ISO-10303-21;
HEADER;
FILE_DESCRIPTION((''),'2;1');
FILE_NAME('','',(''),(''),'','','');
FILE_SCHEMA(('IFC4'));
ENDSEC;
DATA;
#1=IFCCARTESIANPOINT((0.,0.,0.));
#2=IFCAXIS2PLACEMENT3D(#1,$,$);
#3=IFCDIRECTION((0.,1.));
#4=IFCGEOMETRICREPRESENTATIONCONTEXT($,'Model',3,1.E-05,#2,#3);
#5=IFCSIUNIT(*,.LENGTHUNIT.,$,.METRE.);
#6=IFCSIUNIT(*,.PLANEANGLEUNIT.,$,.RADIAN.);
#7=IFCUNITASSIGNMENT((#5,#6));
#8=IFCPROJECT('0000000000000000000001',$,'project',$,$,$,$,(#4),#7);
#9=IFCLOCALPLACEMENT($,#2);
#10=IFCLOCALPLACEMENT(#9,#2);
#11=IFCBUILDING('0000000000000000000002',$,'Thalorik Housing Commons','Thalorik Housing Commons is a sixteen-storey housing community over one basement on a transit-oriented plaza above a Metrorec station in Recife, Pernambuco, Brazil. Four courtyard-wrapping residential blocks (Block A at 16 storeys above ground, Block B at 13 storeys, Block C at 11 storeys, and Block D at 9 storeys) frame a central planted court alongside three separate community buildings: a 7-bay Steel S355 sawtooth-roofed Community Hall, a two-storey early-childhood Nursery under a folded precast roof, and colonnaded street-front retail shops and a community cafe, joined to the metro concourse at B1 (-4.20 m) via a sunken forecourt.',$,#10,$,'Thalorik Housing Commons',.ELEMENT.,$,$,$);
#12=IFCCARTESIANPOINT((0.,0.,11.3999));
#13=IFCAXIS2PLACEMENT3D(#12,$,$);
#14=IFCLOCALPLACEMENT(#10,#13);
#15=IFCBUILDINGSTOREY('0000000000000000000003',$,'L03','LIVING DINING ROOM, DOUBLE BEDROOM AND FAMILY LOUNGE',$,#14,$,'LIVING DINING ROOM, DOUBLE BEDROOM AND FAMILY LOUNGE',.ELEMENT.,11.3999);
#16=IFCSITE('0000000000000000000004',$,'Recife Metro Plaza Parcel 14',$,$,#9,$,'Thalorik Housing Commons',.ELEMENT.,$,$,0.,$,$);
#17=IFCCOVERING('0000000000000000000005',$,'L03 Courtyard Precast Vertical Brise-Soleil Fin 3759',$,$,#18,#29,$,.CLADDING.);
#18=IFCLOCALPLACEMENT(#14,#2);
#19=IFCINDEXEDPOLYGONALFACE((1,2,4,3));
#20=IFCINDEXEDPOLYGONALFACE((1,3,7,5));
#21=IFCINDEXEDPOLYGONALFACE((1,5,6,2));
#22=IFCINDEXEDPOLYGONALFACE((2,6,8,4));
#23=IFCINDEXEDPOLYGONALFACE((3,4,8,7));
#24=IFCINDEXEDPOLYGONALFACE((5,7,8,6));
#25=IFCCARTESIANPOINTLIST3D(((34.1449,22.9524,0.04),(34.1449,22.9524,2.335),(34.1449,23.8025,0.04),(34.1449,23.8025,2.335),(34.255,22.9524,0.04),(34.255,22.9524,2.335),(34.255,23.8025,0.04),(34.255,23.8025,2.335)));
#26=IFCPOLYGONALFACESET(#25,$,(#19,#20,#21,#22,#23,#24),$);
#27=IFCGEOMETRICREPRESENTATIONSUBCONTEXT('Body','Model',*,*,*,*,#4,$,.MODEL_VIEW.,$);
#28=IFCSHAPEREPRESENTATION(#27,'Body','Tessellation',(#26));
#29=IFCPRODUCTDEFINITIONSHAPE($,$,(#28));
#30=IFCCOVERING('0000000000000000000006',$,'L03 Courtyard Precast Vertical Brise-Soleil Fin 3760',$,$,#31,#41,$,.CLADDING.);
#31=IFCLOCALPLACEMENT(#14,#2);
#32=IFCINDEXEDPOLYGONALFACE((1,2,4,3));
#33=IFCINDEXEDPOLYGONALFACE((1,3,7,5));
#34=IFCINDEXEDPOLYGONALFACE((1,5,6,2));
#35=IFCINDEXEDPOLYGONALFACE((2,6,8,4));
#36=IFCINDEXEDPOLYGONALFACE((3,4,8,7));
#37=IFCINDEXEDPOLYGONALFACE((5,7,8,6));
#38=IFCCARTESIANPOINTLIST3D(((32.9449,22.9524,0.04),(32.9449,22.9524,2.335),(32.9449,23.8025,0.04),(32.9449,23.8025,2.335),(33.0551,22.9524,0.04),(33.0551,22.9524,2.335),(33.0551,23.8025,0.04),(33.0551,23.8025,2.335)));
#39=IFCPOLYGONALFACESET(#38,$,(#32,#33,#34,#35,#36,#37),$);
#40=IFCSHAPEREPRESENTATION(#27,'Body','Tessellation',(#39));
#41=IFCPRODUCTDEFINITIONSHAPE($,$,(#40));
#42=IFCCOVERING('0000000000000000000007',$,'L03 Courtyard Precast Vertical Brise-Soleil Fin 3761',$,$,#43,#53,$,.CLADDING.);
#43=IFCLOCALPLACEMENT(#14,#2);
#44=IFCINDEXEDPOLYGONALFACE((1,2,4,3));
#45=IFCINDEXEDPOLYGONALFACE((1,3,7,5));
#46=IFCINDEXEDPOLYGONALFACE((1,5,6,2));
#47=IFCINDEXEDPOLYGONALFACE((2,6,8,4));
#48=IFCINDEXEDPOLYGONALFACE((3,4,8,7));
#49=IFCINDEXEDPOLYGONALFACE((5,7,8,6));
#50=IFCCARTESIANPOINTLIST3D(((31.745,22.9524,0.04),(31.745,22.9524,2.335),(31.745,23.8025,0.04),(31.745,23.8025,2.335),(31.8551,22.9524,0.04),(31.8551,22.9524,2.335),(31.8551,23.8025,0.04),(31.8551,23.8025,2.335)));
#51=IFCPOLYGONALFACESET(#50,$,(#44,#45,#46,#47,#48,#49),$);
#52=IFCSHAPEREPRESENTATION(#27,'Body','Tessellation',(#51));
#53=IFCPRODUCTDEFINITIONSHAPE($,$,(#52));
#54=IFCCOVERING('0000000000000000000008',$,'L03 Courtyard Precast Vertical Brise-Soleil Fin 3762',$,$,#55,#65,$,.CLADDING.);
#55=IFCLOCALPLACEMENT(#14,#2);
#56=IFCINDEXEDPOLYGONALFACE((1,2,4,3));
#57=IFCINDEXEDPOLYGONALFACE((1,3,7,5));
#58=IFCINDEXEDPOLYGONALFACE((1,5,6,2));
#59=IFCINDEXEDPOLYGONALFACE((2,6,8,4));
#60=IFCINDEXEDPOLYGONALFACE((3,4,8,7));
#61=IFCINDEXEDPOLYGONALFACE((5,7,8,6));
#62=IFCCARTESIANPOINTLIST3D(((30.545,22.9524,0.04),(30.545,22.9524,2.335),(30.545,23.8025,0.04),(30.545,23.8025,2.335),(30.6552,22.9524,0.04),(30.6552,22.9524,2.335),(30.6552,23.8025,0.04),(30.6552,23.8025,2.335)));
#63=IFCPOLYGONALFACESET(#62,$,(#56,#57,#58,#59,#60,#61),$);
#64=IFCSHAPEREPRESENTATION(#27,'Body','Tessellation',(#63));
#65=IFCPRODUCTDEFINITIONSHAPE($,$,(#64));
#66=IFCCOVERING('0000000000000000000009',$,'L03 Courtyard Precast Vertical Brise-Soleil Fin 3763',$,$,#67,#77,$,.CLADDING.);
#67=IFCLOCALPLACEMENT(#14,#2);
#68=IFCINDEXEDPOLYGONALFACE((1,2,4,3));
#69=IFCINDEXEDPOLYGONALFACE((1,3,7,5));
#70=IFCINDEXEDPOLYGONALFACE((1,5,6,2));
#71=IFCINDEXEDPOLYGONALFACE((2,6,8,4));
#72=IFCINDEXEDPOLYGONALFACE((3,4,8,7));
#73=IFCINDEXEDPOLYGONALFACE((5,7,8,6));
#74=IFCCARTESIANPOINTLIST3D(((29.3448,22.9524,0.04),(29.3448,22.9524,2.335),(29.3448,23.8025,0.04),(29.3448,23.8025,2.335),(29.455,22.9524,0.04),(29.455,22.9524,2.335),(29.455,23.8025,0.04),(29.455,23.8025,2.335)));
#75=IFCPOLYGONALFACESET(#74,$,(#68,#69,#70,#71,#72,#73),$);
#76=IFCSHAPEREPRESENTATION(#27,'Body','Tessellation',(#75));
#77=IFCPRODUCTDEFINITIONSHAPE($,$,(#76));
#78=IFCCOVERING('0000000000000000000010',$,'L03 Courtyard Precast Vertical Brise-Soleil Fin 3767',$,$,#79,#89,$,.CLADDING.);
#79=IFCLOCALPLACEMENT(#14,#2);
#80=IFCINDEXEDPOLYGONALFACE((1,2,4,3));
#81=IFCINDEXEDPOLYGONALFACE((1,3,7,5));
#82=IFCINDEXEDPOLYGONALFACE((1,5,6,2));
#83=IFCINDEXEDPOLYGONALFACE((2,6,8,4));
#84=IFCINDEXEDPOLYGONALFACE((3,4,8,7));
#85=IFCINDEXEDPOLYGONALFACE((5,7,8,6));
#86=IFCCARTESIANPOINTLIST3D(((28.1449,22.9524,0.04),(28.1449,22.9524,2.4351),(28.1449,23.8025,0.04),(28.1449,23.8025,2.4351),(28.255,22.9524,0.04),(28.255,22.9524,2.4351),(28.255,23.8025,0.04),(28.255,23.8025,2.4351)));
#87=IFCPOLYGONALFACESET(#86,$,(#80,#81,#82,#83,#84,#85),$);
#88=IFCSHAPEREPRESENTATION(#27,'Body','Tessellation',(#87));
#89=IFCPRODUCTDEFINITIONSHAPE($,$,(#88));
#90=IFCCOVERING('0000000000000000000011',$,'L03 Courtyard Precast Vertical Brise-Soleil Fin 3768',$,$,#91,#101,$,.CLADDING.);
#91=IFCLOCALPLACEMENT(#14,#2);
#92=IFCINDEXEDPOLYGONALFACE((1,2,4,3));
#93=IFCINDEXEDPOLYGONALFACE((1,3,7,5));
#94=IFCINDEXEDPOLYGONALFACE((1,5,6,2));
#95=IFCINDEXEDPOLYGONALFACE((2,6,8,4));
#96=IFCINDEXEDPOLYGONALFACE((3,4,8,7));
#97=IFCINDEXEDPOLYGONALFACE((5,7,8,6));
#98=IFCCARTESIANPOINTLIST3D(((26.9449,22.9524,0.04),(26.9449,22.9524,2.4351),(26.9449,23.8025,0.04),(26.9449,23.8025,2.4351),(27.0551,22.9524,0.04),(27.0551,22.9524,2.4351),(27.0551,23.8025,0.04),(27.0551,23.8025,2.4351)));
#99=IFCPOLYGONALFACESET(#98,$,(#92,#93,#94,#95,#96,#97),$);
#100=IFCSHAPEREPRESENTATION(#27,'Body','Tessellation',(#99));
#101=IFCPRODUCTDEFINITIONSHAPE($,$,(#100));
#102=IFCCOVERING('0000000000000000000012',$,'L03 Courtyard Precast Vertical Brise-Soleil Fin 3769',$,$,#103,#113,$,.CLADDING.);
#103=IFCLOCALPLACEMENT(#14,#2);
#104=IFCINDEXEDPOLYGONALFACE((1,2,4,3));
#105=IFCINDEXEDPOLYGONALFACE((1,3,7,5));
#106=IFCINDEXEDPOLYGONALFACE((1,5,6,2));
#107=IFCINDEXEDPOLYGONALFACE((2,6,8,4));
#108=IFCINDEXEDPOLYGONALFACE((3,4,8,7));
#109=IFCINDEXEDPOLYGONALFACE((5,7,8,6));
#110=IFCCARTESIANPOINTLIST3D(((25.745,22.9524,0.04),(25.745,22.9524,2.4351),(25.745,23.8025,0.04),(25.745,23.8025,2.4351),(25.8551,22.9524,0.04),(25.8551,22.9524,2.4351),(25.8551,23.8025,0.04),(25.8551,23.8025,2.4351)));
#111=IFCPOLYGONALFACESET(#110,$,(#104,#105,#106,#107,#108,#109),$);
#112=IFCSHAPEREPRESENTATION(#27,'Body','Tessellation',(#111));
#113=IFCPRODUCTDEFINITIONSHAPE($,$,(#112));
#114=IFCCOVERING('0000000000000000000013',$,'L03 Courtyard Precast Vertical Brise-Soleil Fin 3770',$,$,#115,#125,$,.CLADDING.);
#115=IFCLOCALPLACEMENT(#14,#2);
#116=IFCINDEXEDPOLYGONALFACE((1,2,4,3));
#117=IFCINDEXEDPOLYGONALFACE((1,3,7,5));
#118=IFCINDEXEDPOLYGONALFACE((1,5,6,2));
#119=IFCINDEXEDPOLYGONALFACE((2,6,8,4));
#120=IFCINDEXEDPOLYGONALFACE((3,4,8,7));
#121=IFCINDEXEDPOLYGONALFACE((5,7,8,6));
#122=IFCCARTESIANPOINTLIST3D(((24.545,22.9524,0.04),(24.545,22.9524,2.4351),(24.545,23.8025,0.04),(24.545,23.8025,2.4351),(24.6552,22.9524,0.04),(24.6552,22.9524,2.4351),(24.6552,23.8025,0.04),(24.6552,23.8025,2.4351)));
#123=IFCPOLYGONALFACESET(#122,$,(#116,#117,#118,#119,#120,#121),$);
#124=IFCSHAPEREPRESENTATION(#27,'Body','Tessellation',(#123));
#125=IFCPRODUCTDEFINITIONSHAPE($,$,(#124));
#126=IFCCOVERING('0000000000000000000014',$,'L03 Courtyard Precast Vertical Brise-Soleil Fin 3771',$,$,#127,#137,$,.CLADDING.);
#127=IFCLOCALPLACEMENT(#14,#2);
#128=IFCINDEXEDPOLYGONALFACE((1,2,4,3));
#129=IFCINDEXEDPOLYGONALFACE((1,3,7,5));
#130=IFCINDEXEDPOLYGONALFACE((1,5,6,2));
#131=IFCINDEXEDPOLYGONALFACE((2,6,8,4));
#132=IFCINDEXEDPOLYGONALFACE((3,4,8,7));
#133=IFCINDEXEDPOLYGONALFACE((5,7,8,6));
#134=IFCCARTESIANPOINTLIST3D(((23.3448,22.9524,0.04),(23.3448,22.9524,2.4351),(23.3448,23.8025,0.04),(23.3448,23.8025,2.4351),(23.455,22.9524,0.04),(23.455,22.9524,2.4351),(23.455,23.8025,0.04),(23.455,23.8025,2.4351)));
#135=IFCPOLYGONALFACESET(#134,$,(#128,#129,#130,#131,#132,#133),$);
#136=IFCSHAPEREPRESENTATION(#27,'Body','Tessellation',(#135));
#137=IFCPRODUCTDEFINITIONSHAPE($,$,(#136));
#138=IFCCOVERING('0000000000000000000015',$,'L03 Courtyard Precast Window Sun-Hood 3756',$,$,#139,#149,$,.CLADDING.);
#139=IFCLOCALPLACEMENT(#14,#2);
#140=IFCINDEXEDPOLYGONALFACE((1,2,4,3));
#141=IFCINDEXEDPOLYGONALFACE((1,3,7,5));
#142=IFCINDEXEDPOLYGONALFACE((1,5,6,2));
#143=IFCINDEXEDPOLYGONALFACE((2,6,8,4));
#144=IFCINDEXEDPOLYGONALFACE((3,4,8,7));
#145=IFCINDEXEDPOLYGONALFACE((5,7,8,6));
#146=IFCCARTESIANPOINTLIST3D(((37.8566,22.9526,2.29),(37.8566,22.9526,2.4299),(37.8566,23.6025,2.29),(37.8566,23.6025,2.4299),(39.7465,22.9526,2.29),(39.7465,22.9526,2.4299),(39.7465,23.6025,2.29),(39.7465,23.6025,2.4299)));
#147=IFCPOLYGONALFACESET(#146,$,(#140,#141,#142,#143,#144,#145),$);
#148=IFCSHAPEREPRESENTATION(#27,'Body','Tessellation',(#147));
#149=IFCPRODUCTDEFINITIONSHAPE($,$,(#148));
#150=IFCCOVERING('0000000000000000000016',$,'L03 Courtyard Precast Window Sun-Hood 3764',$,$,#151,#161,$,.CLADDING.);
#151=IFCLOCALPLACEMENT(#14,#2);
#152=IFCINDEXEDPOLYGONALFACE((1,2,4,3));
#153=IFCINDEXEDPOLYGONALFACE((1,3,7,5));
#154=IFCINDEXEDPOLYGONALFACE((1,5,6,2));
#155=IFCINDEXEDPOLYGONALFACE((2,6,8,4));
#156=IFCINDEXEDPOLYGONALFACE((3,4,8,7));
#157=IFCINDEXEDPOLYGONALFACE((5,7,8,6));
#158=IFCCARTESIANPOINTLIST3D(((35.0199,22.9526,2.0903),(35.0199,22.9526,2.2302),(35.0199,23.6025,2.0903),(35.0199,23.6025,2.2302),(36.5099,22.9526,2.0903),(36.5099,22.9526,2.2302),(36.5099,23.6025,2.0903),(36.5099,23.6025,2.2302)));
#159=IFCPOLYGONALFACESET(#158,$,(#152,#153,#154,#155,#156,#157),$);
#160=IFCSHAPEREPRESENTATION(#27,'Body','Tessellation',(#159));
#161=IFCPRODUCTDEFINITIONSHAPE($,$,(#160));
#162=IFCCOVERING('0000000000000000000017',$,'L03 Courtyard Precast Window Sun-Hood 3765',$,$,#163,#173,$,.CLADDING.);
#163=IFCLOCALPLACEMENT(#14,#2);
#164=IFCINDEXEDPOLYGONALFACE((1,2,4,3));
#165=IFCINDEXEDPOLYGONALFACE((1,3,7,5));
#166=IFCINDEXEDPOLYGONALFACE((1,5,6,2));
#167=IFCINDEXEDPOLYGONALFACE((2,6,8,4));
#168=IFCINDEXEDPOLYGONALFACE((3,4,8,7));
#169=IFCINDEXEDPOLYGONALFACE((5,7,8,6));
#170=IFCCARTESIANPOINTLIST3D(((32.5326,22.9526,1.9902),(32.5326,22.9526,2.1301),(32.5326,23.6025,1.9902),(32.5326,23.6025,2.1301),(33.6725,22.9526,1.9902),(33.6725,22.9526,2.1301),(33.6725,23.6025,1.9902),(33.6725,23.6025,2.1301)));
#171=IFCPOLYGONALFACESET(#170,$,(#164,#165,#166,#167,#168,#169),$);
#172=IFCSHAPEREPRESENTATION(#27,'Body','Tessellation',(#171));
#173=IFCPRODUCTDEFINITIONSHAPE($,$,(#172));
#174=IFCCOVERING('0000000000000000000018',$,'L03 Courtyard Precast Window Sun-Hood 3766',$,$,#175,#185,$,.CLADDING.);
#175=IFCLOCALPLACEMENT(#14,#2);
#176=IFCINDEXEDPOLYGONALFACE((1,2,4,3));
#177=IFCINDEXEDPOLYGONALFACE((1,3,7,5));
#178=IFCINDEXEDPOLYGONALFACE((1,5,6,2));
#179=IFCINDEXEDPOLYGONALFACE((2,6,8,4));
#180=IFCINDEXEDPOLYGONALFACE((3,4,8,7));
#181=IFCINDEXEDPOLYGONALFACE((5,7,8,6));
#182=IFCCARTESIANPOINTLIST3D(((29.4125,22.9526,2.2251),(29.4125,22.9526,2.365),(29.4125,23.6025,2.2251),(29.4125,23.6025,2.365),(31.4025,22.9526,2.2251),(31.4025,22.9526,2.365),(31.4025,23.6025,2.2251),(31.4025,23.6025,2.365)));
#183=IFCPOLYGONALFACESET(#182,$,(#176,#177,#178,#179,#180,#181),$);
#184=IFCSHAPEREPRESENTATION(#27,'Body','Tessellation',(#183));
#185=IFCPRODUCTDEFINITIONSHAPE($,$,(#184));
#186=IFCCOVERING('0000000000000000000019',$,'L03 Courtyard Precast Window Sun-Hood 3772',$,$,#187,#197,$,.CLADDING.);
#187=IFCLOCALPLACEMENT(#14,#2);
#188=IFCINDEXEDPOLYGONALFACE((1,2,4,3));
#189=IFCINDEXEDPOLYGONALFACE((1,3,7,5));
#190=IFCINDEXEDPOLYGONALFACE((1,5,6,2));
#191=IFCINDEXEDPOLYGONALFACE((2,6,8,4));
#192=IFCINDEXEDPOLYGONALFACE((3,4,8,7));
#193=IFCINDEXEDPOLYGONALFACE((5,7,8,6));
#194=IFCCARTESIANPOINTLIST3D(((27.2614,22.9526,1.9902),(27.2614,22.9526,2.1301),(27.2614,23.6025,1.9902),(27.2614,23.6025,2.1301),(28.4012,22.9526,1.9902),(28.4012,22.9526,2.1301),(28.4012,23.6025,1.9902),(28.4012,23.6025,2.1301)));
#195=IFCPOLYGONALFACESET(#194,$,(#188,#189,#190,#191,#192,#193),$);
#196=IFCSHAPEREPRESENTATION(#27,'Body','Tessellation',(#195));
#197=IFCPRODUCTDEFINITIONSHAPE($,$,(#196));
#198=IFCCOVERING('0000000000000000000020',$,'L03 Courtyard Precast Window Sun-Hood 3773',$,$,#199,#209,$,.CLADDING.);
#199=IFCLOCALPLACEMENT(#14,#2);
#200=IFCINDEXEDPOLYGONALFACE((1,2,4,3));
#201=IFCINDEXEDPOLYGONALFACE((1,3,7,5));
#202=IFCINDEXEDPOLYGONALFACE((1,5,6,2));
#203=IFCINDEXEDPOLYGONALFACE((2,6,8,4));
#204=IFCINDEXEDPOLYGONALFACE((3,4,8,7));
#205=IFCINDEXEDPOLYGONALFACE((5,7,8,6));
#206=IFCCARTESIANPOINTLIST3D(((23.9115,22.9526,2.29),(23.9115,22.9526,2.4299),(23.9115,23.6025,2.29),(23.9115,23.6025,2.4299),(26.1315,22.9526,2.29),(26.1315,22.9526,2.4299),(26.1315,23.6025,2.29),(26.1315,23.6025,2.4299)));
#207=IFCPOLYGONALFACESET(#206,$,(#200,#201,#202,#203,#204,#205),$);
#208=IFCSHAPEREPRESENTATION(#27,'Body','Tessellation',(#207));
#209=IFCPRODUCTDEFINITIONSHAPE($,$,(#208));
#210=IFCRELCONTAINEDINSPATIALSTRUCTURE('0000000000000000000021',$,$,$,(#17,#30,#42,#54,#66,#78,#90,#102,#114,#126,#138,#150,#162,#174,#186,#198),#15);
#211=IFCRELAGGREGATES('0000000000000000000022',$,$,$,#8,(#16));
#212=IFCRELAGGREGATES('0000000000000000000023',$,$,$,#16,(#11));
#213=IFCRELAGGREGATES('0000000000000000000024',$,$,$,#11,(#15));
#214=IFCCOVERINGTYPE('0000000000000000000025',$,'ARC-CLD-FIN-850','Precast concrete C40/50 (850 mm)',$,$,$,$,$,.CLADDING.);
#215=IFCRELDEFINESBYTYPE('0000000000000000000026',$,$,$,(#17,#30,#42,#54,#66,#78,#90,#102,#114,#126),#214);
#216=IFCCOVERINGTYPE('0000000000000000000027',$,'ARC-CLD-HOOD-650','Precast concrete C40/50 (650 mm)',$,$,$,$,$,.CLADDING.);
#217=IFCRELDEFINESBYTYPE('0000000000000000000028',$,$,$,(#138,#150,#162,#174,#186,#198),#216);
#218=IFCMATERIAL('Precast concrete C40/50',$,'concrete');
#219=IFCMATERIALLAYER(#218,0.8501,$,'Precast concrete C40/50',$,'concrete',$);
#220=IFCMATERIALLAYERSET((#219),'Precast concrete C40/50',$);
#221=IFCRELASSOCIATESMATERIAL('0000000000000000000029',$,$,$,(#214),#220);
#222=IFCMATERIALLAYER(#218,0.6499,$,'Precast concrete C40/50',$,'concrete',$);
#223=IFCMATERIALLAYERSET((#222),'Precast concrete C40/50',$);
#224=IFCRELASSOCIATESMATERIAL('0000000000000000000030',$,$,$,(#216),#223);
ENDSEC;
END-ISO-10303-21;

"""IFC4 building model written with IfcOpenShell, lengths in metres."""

from ifc_helpers import new_model, si_unit, direction, frame, origin, origin_2d, place, context, subcontext, project, spatial, rectangle, extrude, material, layer, layer_set, type_object, element, save


model = new_model("IFC4")

# Units and contexts
model_context = context("Model", 3, precision=1e-05, world=origin(), true_north=direction((0.0, 1.0)))
body_context = subcontext(model_context, "Body", "Model", "MODEL_VIEW")
ifc_project = project(units=[si_unit("LENGTHUNIT", "METRE"), si_unit("PLANEANGLEUNIT", "RADIAN")], contexts=[model_context])

# Site, building, storey
site_placement = place(None, origin())
site = spatial("IfcSite", under=ifc_project, at=site_placement, Name="Recife Metro Plaza Parcel 14", LongName="Thalorik Housing Commons", CompositionType="ELEMENT", RefElevation=0.0)
building_placement = place(site_placement, origin())
building = spatial("IfcBuilding", under=site, at=building_placement, Name="Thalorik Housing Commons", Description="Thalorik Housing Commons is a sixteen-storey housing community over one basement on a transit-oriented plaza above a Metrorec station in Recife, Pernambuco, Brazil. Four courtyard-wrapping residential blocks (Block A at 16 storeys above ground, Block B at 13 storeys, Block C at 11 storeys, and Block D at 9 storeys) frame a central planted court alongside three separate community buildings: a 7-bay Steel S355 sawtooth-roofed Community Hall, a two-storey early-childhood Nursery under a folded precast roof, and colonnaded street-front retail shops and a community cafe, joined to the metro concourse at B1 (-4.20 m) via a sunken forecourt.", LongName="Thalorik Housing Commons", CompositionType="ELEMENT")
storey_placement = place(building_placement, frame((0.0, 0.0, 11.3999)))
storey = spatial("IfcBuildingStorey", under=building, at=storey_placement, Name="L03", Description="LIVING DINING ROOM, DOUBLE BEDROOM AND FAMILY LOUNGE", LongName="LIVING DINING ROOM, DOUBLE BEDROOM AND FAMILY LOUNGE", CompositionType="ELEMENT", Elevation=11.3999)

# Shared definitions
ifc_material_1 = material(Name="Precast concrete C40/50", Category="concrete")

# Coverings
ifc_layer_1 = layer(ifc_material_1, 0.8501, Name="Precast concrete C40/50", Category="concrete")
ifc_layer_set_1 = layer_set([ifc_layer_1], Name="Precast concrete C40/50")
covering_type_1 = type_object("IfcCoveringType", Name="ARC-CLD-FIN-850", Description="Precast concrete C40/50 (850 mm)", PredefinedType="CLADDING", material=ifc_layer_set_1)
for number, where, z_axis, x_axis, name in (
    (1, (34.2, 23.3774, 0.04), (0.0, 0.0, 1.0), (-1.0, 0.0, 0.0), "L03 Courtyard Precast Vertical Brise-Soleil Fin 3759"),
    (2, (33.0, 23.3774, 0.04), (0.0, 0.0, 1.0), (-1.0, 0.0, 0.0), "L03 Courtyard Precast Vertical Brise-Soleil Fin 3760"),
    (3, (31.8, 23.3774, 0.04), (0.0, 0.0, 1.0), (-1.0, 0.0, 0.0), "L03 Courtyard Precast Vertical Brise-Soleil Fin 3761"),
    (4, (30.6001, 23.3774, 0.04), (0.0, 0.0, 1.0), (-1.0, 0.0, 0.0), "L03 Courtyard Precast Vertical Brise-Soleil Fin 3762"),
    (5, (29.3999, 23.3774, 0.04), (0.0, 0.0, 1.0), (-1.0, 0.0, 0.0), "L03 Courtyard Precast Vertical Brise-Soleil Fin 3763"),
):
    element("IfcCovering", number, at=place(storey_placement, frame(where, z_axis=z_axis, x_axis=x_axis)), inside=storey, type_object=covering_type_1, Name=name, PredefinedType="CLADDING", context=body_context, shape_type="SweptSolid", body=[
        extrude(rectangle(XDim=0.1101, YDim=0.8501, at=origin_2d()), origin(), (0.0, 0.0, 1.0), 2.2949),
    ])
for number, where, z_axis, x_axis, name in (
    (6, (28.2, 23.3774, 0.04), (0.0, 0.0, 1.0), (-1.0, 0.0, 0.0), "L03 Courtyard Precast Vertical Brise-Soleil Fin 3767"),
    (7, (27.0, 23.3774, 0.04), (0.0, 0.0, 1.0), (-1.0, 0.0, 0.0), "L03 Courtyard Precast Vertical Brise-Soleil Fin 3768"),
    (8, (25.8, 23.3774, 0.04), (0.0, 0.0, 1.0), (-1.0, 0.0, 0.0), "L03 Courtyard Precast Vertical Brise-Soleil Fin 3769"),
    (9, (24.6001, 23.3774, 0.04), (0.0, 0.0, 1.0), (-1.0, 0.0, 0.0), "L03 Courtyard Precast Vertical Brise-Soleil Fin 3770"),
    (10, (23.3999, 23.3774, 0.04), (0.0, 0.0, 1.0), (-1.0, 0.0, 0.0), "L03 Courtyard Precast Vertical Brise-Soleil Fin 3771"),
):
    element("IfcCovering", number, at=place(storey_placement, frame(where, z_axis=z_axis, x_axis=x_axis)), inside=storey, type_object=covering_type_1, Name=name, PredefinedType="CLADDING", context=body_context, shape_type="SweptSolid", body=[
        extrude(rectangle(XDim=0.1101, YDim=0.8501, at=origin_2d()), origin(), (0.0, 0.0, 1.0), 2.395),
    ])
ifc_layer_2 = layer(ifc_material_1, 0.6499, Name="Precast concrete C40/50", Category="concrete")
ifc_layer_set_2 = layer_set([ifc_layer_2], Name="Precast concrete C40/50")
covering_type_2 = type_object("IfcCoveringType", Name="ARC-CLD-HOOD-650", Description="Precast concrete C40/50 (650 mm)", PredefinedType="CLADDING", material=ifc_layer_set_2)
covering_1_placement = place(storey_placement, frame((38.8015, 23.2776, 2.29), z_axis=(0.0, 0.0, 1.0), x_axis=(-1.0, 0.0, 0.0)))
element("IfcCovering", 11, at=covering_1_placement, inside=storey, type_object=covering_type_2, Name="L03 Courtyard Precast Window Sun-Hood 3756", PredefinedType="CLADDING", context=body_context, shape_type="SweptSolid", body=[
    extrude(rectangle(XDim=1.8899, YDim=0.6499, at=origin_2d()), origin(), (0.0, 0.0, 1.0), 0.1399),
])
covering_2_placement = place(storey_placement, frame((35.7649, 23.2776, 2.0903), z_axis=(0.0, 0.0, 1.0), x_axis=(-1.0, 0.0, 0.0)))
element("IfcCovering", 12, at=covering_2_placement, inside=storey, type_object=covering_type_2, Name="L03 Courtyard Precast Window Sun-Hood 3764", PredefinedType="CLADDING", context=body_context, shape_type="SweptSolid", body=[
    extrude(rectangle(XDim=1.49, YDim=0.6499, at=origin_2d()), origin(), (0.0, 0.0, 1.0), 0.1399),
])
covering_3_placement = place(storey_placement, frame((33.1025, 23.2776, 1.9902), z_axis=(0.0, 0.0, 1.0), x_axis=(-1.0, 0.0, 0.0)))
element("IfcCovering", 13, at=covering_3_placement, inside=storey, type_object=covering_type_2, Name="L03 Courtyard Precast Window Sun-Hood 3765", PredefinedType="CLADDING", context=body_context, shape_type="SweptSolid", body=[
    extrude(rectangle(XDim=1.1399, YDim=0.6499, at=origin_2d()), origin(), (0.0, 0.0, 1.0), 0.1399),
])
covering_4_placement = place(storey_placement, frame((30.4075, 23.2776, 2.2251), z_axis=(0.0, 0.0, 1.0), x_axis=(-1.0, 0.0, 0.0)))
element("IfcCovering", 14, at=covering_4_placement, inside=storey, type_object=covering_type_2, Name="L03 Courtyard Precast Window Sun-Hood 3766", PredefinedType="CLADDING", context=body_context, shape_type="SweptSolid", body=[
    extrude(rectangle(XDim=1.99, YDim=0.6499, at=origin_2d()), origin(), (0.0, 0.0, 1.0), 0.1399),
])
covering_5_placement = place(storey_placement, frame((27.8313, 23.2776, 1.9902), z_axis=(0.0, 0.0, 1.0), x_axis=(-1.0, 0.0, 0.0)))
element("IfcCovering", 15, at=covering_5_placement, inside=storey, type_object=covering_type_2, Name="L03 Courtyard Precast Window Sun-Hood 3772", PredefinedType="CLADDING", context=body_context, shape_type="SweptSolid", body=[
    extrude(rectangle(XDim=1.1399, YDim=0.6499, at=origin_2d()), origin(), (0.0, 0.0, 1.0), 0.1399),
])
covering_6_placement = place(storey_placement, frame((25.0215, 23.2776, 2.29), z_axis=(0.0, 0.0, 1.0), x_axis=(-1.0, 0.0, 0.0)))
element("IfcCovering", 16, at=covering_6_placement, inside=storey, type_object=covering_type_2, Name="L03 Courtyard Precast Window Sun-Hood 3773", PredefinedType="CLADDING", context=body_context, shape_type="SweptSolid", body=[
    extrude(rectangle(XDim=2.22, YDim=0.6499, at=origin_2d()), origin(), (0.0, 0.0, 1.0), 0.1399),
])

save(model, "model.ifc")
